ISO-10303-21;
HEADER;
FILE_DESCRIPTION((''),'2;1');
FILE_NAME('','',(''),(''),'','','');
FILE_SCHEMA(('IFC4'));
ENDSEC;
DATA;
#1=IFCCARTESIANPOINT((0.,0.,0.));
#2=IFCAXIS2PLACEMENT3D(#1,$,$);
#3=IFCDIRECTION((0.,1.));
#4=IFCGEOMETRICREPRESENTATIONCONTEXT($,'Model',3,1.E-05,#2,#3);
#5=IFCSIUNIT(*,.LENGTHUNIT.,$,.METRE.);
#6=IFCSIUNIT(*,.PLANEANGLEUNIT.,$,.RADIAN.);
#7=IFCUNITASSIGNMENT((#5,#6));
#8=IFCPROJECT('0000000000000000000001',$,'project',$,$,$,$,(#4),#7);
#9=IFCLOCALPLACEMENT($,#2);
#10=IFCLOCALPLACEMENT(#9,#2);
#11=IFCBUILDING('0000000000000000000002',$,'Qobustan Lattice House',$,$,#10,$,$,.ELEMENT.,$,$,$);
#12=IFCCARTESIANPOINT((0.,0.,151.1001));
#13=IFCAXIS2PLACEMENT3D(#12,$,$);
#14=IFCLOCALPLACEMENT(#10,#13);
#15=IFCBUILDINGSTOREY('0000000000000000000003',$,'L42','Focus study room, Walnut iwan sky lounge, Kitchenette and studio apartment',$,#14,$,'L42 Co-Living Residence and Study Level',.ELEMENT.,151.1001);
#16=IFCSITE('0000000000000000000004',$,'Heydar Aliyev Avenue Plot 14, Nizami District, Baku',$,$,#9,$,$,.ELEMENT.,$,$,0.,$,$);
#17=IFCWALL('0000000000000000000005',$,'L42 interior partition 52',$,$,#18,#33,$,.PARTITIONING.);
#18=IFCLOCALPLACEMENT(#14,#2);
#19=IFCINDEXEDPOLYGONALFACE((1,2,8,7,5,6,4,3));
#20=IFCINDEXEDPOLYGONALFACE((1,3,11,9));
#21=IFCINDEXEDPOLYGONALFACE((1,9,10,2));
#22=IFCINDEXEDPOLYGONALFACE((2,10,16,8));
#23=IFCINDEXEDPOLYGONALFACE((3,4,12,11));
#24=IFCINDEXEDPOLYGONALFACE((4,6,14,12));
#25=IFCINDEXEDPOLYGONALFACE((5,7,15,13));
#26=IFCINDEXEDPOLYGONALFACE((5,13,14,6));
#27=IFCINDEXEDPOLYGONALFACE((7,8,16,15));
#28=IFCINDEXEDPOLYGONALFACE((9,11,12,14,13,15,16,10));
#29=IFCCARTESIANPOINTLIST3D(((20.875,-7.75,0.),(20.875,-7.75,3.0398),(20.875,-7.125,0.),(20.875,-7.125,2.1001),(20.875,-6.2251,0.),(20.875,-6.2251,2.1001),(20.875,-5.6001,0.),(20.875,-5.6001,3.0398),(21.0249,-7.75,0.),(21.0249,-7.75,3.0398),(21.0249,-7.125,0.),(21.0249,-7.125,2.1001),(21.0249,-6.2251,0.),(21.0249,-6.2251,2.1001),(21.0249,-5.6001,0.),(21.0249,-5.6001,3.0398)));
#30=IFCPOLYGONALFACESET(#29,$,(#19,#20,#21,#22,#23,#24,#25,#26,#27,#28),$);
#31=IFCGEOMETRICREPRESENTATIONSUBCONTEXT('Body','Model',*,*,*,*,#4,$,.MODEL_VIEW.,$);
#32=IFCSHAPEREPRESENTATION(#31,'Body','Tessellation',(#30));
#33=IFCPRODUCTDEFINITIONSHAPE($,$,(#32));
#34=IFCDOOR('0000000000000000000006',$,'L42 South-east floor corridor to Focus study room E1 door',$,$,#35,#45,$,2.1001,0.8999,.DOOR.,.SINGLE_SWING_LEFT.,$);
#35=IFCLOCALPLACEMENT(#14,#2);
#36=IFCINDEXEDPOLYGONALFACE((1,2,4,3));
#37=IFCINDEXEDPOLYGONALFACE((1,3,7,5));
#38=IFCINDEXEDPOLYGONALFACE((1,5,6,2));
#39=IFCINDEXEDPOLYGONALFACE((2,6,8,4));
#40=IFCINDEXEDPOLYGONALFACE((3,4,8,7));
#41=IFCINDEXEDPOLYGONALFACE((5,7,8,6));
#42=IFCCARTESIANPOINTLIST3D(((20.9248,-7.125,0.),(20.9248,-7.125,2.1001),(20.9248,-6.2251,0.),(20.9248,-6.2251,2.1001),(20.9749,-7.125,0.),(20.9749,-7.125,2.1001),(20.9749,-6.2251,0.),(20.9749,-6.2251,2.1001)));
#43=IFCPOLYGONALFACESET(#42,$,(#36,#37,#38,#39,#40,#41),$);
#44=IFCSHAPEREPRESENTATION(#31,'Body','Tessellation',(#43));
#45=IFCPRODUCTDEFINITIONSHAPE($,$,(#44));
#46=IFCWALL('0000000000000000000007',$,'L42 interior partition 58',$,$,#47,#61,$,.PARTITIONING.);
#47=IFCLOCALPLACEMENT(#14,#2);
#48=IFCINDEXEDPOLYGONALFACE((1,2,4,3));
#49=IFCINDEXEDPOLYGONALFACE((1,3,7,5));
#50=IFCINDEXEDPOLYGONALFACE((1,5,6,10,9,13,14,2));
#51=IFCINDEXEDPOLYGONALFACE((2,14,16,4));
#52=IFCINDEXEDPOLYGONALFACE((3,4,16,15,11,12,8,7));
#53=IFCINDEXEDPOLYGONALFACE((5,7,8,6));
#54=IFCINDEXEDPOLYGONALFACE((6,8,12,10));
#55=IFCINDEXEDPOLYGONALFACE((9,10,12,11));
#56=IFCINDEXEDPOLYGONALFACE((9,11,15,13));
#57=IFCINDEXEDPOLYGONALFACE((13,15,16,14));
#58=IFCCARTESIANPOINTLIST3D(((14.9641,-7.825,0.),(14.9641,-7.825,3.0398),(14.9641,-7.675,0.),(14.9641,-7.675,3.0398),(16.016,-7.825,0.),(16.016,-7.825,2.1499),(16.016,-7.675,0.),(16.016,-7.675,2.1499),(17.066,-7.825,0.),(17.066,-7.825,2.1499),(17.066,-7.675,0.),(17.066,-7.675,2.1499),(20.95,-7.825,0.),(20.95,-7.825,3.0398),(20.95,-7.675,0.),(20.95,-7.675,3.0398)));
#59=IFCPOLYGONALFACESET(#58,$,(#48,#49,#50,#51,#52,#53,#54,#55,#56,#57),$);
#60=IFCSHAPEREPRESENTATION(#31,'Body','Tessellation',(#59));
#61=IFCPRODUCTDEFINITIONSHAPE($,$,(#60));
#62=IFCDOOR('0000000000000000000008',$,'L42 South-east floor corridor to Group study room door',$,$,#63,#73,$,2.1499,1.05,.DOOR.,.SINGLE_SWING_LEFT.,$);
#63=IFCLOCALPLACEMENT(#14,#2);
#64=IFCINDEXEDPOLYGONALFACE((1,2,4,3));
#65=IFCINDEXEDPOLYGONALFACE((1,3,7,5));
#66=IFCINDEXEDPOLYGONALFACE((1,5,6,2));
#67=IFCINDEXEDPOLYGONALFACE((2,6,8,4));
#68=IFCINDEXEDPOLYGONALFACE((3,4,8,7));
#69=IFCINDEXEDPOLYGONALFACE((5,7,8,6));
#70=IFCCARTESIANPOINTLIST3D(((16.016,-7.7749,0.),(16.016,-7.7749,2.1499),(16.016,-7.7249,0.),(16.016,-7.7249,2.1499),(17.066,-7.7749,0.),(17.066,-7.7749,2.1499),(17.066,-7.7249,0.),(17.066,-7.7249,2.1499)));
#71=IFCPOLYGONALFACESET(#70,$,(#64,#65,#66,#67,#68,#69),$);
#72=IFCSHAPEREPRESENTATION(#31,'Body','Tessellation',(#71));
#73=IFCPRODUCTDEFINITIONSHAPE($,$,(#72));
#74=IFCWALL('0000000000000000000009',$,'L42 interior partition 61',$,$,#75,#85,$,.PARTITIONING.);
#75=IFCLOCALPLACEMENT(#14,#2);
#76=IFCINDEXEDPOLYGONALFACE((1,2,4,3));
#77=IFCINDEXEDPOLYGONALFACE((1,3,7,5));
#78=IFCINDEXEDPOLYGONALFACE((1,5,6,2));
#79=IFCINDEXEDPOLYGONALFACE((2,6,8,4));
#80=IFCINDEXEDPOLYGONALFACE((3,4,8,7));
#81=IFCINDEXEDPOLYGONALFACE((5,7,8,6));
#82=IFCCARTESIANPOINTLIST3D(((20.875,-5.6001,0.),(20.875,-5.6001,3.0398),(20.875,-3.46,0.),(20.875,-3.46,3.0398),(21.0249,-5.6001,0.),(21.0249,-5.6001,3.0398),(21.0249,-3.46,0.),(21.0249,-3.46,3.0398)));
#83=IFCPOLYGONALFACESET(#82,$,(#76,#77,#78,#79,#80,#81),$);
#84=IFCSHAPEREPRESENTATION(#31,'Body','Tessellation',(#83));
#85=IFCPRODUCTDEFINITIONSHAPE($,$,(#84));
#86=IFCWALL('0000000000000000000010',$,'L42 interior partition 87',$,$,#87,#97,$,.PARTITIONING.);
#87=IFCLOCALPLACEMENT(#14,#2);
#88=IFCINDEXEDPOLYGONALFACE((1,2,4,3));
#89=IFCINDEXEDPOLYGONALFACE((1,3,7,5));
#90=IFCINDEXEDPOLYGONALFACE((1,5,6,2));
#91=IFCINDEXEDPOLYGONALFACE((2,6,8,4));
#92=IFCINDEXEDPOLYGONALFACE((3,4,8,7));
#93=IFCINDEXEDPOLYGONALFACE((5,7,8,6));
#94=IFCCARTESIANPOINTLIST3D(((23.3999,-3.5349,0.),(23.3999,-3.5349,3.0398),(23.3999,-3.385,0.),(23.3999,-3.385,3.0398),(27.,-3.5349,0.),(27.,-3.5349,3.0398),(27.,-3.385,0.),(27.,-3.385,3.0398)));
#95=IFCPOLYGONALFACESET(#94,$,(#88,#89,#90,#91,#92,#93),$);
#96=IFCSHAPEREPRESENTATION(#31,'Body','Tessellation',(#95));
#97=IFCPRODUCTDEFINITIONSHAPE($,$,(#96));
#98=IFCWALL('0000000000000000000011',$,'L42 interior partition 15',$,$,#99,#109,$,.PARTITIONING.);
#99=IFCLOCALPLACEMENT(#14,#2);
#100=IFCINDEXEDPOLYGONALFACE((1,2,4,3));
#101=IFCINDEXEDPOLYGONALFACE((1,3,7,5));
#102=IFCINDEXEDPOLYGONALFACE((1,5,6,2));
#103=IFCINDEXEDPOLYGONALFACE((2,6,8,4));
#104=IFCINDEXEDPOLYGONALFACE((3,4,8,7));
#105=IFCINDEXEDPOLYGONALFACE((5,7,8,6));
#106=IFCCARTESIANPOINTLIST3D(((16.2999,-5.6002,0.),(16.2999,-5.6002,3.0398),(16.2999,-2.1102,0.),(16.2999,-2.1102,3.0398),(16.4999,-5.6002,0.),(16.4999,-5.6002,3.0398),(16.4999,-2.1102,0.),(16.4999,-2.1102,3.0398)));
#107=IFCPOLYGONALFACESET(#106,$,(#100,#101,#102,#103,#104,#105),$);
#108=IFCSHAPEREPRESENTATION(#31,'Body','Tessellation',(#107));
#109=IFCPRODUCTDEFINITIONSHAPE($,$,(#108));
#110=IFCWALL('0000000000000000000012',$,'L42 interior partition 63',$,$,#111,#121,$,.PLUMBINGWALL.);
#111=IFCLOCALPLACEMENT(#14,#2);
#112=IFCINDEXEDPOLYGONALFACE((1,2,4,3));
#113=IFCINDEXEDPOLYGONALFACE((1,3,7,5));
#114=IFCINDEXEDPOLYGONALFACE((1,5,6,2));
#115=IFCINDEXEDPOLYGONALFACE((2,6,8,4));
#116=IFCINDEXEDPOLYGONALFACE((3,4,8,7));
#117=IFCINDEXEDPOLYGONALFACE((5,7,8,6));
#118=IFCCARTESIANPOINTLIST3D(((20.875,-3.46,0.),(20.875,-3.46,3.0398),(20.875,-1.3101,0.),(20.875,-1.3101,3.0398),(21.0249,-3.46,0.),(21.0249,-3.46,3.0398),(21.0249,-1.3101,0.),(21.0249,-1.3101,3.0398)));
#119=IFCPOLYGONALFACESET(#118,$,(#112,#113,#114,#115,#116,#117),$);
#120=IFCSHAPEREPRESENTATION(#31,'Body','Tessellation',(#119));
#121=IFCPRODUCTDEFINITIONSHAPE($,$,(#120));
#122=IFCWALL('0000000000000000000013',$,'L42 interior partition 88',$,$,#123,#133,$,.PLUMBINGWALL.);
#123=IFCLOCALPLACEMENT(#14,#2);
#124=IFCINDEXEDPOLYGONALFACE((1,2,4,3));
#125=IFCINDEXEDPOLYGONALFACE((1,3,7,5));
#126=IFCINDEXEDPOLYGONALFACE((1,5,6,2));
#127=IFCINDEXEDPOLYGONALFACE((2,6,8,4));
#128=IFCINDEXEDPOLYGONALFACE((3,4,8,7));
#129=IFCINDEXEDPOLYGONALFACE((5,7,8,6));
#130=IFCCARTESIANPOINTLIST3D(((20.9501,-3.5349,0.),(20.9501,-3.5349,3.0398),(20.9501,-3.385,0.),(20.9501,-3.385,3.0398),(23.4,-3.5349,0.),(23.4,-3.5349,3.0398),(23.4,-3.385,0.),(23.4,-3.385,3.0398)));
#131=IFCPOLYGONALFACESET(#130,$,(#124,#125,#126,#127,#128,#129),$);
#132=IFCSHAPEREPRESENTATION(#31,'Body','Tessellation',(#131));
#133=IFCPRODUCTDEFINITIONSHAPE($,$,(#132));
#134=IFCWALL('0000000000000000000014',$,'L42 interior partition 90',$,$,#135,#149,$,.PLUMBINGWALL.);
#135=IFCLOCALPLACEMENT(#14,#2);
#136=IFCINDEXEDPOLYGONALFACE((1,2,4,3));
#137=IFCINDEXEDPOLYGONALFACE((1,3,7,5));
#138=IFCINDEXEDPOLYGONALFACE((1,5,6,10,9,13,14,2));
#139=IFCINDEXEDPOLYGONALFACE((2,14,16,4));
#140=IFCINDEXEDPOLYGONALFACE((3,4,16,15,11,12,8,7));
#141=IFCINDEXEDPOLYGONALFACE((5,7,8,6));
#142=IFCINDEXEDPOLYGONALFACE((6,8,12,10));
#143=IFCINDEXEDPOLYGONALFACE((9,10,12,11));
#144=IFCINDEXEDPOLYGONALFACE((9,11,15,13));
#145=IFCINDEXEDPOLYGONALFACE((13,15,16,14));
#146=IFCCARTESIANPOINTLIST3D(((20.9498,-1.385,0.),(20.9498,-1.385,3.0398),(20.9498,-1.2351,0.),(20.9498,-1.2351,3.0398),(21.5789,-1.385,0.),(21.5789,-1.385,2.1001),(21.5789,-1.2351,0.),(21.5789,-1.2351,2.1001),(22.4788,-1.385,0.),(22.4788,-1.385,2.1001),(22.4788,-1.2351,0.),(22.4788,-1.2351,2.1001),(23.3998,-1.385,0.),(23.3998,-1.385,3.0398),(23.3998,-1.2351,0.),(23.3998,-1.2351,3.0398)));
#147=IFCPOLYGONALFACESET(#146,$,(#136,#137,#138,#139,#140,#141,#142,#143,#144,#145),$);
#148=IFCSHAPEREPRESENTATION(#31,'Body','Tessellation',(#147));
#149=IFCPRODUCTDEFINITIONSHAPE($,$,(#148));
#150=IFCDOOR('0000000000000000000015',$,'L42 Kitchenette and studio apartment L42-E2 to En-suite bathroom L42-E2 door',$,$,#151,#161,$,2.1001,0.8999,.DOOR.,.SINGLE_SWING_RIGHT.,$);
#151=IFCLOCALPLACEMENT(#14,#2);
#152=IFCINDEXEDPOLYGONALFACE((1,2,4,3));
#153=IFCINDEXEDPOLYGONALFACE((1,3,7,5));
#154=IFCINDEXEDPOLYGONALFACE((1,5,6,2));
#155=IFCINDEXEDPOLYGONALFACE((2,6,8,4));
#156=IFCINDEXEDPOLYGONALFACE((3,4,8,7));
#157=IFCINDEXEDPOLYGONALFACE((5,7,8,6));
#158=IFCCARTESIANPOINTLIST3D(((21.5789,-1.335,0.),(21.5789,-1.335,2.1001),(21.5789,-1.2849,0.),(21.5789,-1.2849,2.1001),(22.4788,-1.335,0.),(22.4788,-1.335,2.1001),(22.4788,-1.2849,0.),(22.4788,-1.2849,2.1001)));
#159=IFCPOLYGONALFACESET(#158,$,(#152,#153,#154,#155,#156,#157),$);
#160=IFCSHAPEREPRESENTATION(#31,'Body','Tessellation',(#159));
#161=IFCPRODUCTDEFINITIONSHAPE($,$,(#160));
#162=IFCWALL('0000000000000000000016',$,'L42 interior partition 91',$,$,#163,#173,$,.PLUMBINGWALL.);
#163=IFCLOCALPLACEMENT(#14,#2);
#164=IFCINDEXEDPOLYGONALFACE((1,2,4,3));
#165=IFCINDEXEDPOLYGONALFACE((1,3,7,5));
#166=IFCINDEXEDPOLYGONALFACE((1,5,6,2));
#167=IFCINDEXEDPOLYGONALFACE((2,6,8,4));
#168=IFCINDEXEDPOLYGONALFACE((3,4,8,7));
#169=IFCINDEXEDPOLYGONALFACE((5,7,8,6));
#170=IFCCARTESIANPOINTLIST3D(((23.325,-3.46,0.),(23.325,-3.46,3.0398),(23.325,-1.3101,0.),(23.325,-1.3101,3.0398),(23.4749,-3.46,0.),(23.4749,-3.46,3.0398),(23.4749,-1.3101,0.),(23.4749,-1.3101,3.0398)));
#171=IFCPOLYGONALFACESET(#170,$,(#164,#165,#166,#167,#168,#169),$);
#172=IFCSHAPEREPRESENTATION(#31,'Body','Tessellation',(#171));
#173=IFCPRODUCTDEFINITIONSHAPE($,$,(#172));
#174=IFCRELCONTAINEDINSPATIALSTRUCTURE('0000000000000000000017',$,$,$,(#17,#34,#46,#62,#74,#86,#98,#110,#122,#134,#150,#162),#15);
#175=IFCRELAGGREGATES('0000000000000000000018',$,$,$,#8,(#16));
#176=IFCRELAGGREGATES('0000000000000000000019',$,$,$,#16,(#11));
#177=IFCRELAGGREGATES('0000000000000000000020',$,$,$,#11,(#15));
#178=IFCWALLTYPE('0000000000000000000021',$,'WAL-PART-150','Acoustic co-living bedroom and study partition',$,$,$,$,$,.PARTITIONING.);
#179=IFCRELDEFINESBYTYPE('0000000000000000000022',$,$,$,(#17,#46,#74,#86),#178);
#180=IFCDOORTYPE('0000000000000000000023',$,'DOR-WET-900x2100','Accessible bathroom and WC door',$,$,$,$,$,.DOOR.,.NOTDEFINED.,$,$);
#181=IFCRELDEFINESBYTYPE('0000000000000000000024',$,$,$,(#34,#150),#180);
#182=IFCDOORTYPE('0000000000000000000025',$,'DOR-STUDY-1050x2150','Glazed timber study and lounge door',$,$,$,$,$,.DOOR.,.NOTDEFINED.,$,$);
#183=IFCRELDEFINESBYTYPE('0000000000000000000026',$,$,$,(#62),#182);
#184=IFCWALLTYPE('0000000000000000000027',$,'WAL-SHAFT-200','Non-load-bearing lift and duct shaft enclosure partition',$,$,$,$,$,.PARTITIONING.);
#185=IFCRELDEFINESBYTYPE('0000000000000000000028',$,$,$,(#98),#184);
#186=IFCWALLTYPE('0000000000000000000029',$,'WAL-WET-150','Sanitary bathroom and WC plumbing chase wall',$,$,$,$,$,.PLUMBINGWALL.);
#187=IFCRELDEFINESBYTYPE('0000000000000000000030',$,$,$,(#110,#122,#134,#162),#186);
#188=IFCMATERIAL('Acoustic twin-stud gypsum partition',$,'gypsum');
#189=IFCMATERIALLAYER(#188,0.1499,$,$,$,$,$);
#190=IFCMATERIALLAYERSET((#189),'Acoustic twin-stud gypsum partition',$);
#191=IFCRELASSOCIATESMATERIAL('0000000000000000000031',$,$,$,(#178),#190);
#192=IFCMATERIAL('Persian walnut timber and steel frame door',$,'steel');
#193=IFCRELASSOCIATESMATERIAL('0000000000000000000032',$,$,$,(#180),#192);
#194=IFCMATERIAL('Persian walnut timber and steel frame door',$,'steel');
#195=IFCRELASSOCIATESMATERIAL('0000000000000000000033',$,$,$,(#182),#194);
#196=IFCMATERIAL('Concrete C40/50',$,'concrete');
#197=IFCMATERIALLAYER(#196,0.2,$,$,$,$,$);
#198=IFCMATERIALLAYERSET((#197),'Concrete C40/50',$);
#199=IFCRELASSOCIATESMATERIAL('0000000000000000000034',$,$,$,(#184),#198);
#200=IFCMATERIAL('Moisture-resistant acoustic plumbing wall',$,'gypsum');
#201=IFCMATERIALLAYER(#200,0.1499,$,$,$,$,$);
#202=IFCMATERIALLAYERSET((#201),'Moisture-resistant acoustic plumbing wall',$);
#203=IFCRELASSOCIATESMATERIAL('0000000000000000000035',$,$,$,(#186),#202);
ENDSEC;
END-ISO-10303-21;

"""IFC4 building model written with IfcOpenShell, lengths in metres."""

from ifc_helpers import new_model, si_unit, direction, frame, frame_2d, origin, place, context, subcontext, project, spatial, rectangle, extrude, material, layer, layer_set, type_object, element, fill, save


model = new_model("IFC4")

# Units and contexts
model_context = context("Model", 3, precision=1e-05, world=origin(), true_north=direction((0.0, 1.0)))
body_context = subcontext(model_context, "Body", "Model", "MODEL_VIEW")
ifc_project = project(units=[si_unit("LENGTHUNIT", "METRE"), si_unit("PLANEANGLEUNIT", "RADIAN")], contexts=[model_context])

# Site, building, storey
site_placement = place(None, origin())
site = spatial("IfcSite", under=ifc_project, at=site_placement, Name="Heydar Aliyev Avenue Plot 14, Nizami District, Baku", CompositionType="ELEMENT", RefElevation=0.0)
building_placement = place(site_placement, origin())
building = spatial("IfcBuilding", under=site, at=building_placement, Name="Qobustan Lattice House", CompositionType="ELEMENT")
storey_placement = place(building_placement, frame((0.0, 0.0, 151.1001)))
storey = spatial("IfcBuildingStorey", under=building, at=storey_placement, Name="L42", Description="Focus study room, Walnut iwan sky lounge, Kitchenette and studio apartment", LongName="L42 Co-Living Residence and Study Level", CompositionType="ELEMENT", Elevation=151.1001)

# Walls, openings, doors
ifc_material_1 = material(Name="Acoustic twin-stud gypsum partition", Category="gypsum")
ifc_layer_1 = layer(ifc_material_1, 0.1499)
ifc_layer_set_1 = layer_set([ifc_layer_1], Name="Acoustic twin-stud gypsum partition")
wall_type_1 = type_object("IfcWallType", Name="WAL-PART-150", Description="Acoustic co-living bedroom and study partition", PredefinedType="PARTITIONING", material=ifc_layer_set_1)
wall_1_placement = place(storey_placement, frame((20.95, -5.6001, 0.0), z_axis=(0.0, 0.0, 1.0), x_axis=(0.0, -1.0, 0.0)))
wall_1 = element("IfcWall", 1, at=wall_1_placement, inside=storey, type_object=wall_type_1, Name="L42 interior partition 52", PredefinedType="PARTITIONING", context=body_context, shape_type="SweptSolid", body=[
    extrude(rectangle(XDim=2.1499, YDim=0.1499, at=frame_2d((1.075, 0.0))), origin(), (0.0, 0.0, 1.0), 3.0398),
])
opening_1_placement = place(wall_1_placement, frame((0.625, 0.0, 0.0)))
opening_1 = element("IfcOpeningElement", 2, at=opening_1_placement, cuts=wall_1, PredefinedType="OPENING", context=body_context, shape_type="SweptSolid", body=[
    extrude(rectangle(XDim=0.8999, YDim=2.1001, at=frame_2d((0.45, 1.05))), frame((0.0, 0.085, 0.0), z_axis=(0.0, -1.0, 0.0), x_axis=(1.0, 0.0, 0.0)), (0.0, 0.0, 1.0), 0.1699),
])
ifc_material_2 = material(Name="Persian walnut timber and steel frame door", Category="steel")
door_type_1 = type_object("IfcDoorType", Name="DOR-WET-900x2100", Description="Accessible bathroom and WC door", OperationType="NOTDEFINED", PredefinedType="DOOR", material=ifc_material_2)
door_1_placement = place(opening_1_placement, origin())
door_1 = element("IfcDoor", 3, at=door_1_placement, inside=storey, type_object=door_type_1, Name="L42 South-east floor corridor to Focus study room E1 door", OperationType="SINGLE_SWING_LEFT", OverallHeight=2.1001, OverallWidth=0.8999, PredefinedType="DOOR", context=body_context, shape_type="SweptSolid", body=[
    extrude(rectangle(XDim=0.8999, YDim=2.1001, at=frame_2d((0.45, 1.05))), frame((0.0, 0.0249, 0.0), z_axis=(0.0, -1.0, 0.0), x_axis=(1.0, 0.0, 0.0)), (0.0, 0.0, 1.0), 0.05),
])
fill(opening_1, door_1)
wall_2_placement = place(storey_placement, frame((20.95, -7.75, 0.0), z_axis=(0.0, 0.0, 1.0), x_axis=(-1.0, 0.0, 0.0)))
wall_2 = element("IfcWall", 4, at=wall_2_placement, inside=storey, type_object=wall_type_1, Name="L42 interior partition 58", PredefinedType="PARTITIONING", context=body_context, shape_type="SweptSolid", body=[
    extrude(rectangle(XDim=5.9858, YDim=0.1499, at=frame_2d((2.9929, 0.0))), origin(), (0.0, 0.0, 1.0), 3.0398),
])
opening_2_placement = place(wall_2_placement, frame((3.884, 0.0, 0.0)))
opening_2 = element("IfcOpeningElement", 5, at=opening_2_placement, cuts=wall_2, PredefinedType="OPENING", context=body_context, shape_type="SweptSolid", body=[
    extrude(rectangle(XDim=1.05, YDim=2.1499, at=frame_2d((0.5249, 1.075))), frame((0.0, 0.085, 0.0), z_axis=(0.0, -1.0, 0.0), x_axis=(1.0, 0.0, 0.0)), (0.0, 0.0, 1.0), 0.1699),
])
ifc_material_3 = material(Name="Persian walnut timber and steel frame door", Category="steel")
door_type_2 = type_object("IfcDoorType", Name="DOR-STUDY-1050x2150", Description="Glazed timber study and lounge door", OperationType="NOTDEFINED", PredefinedType="DOOR", material=ifc_material_3)
door_2_placement = place(opening_2_placement, origin())
door_2 = element("IfcDoor", 6, at=door_2_placement, inside=storey, type_object=door_type_2, Name="L42 South-east floor corridor to Group study room door", OperationType="SINGLE_SWING_LEFT", OverallHeight=2.1499, OverallWidth=1.05, PredefinedType="DOOR", context=body_context, shape_type="SweptSolid", body=[
    extrude(rectangle(XDim=1.05, YDim=2.1499, at=frame_2d((0.5249, 1.075))), frame((0.0, 0.0249, 0.0), z_axis=(0.0, -1.0, 0.0), x_axis=(1.0, 0.0, 0.0)), (0.0, 0.0, 1.0), 0.05),
])
fill(opening_2, door_2)

# Walls
wall_3_placement = place(storey_placement, frame((20.95, -3.46, 0.0), z_axis=(0.0, 0.0, 1.0), x_axis=(0.0, -1.0, 0.0)))
element("IfcWall", 7, at=wall_3_placement, inside=storey, type_object=wall_type_1, Name="L42 interior partition 61", PredefinedType="PARTITIONING", context=body_context, shape_type="SweptSolid", body=[
    extrude(rectangle(XDim=2.1401, YDim=0.1499, at=frame_2d((1.0701, 0.0))), origin(), (0.0, 0.0, 1.0), 3.0398),
])
wall_4_placement = place(storey_placement, frame((23.3999, -3.46, 0.0), z_axis=(0.0, 0.0, 1.0), x_axis=(1.0, 0.0, 0.0)))
element("IfcWall", 8, at=wall_4_placement, inside=storey, type_object=wall_type_1, Name="L42 interior partition 87", PredefinedType="PARTITIONING", context=body_context, shape_type="SweptSolid", body=[
    extrude(rectangle(XDim=3.6001, YDim=0.1499, at=frame_2d((1.8, 0.0))), origin(), (0.0, 0.0, 1.0), 3.0398),
])
ifc_material_4 = material(Name="Concrete C40/50", Category="concrete")
ifc_layer_2 = layer(ifc_material_4, 0.2)
ifc_layer_set_2 = layer_set([ifc_layer_2], Name="Concrete C40/50")
wall_type_2 = type_object("IfcWallType", Name="WAL-SHAFT-200", Description="Non-load-bearing lift and duct shaft enclosure partition", PredefinedType="PARTITIONING", material=ifc_layer_set_2)
wall_5_placement = place(storey_placement, frame((16.3999, -2.1101, 0.0), z_axis=(0.0, 0.0, 1.0), x_axis=(0.0, -1.0, 0.0)))
element("IfcWall", 9, at=wall_5_placement, inside=storey, type_object=wall_type_2, Name="L42 interior partition 15", PredefinedType="PARTITIONING", context=body_context, shape_type="SweptSolid", body=[
    extrude(rectangle(XDim=3.49, YDim=0.2, at=frame_2d((1.7451, 0.0))), origin(), (0.0, 0.0, 1.0), 3.0398),
])
ifc_material_5 = material(Name="Moisture-resistant acoustic plumbing wall", Category="gypsum")
ifc_layer_3 = layer(ifc_material_5, 0.1499)
ifc_layer_set_3 = layer_set([ifc_layer_3], Name="Moisture-resistant acoustic plumbing wall")
wall_type_3 = type_object("IfcWallType", Name="WAL-WET-150", Description="Sanitary bathroom and WC plumbing chase wall", PredefinedType="PLUMBINGWALL", material=ifc_layer_set_3)
wall_6_placement = place(storey_placement, frame((20.95, -1.3101, 0.0), z_axis=(0.0, 0.0, 1.0), x_axis=(0.0, -1.0, 0.0)))
element("IfcWall", 10, at=wall_6_placement, inside=storey, type_object=wall_type_3, Name="L42 interior partition 63", PredefinedType="PLUMBINGWALL", context=body_context, shape_type="SweptSolid", body=[
    extrude(rectangle(XDim=2.1499, YDim=0.1499, at=frame_2d((1.075, 0.0))), origin(), (0.0, 0.0, 1.0), 3.0398),
])
wall_7_placement = place(storey_placement, frame((20.95, -3.46, 0.0), z_axis=(0.0, 0.0, 1.0), x_axis=(1.0, 0.0, 0.0)))
element("IfcWall", 11, at=wall_7_placement, inside=storey, type_object=wall_type_3, Name="L42 interior partition 88", PredefinedType="PLUMBINGWALL", context=body_context, shape_type="SweptSolid", body=[
    extrude(rectangle(XDim=2.45, YDim=0.1499, at=frame_2d((1.2251, 0.0))), origin(), (0.0, 0.0, 1.0), 3.0398),
])

# Wall, opening, door
wall_8_placement = place(storey_placement, frame((23.3999, -1.3101, 0.0), z_axis=(0.0, 0.0, 1.0), x_axis=(-1.0, 0.0, 0.0)))
wall_8 = element("IfcWall", 12, at=wall_8_placement, inside=storey, type_object=wall_type_3, Name="L42 interior partition 90", PredefinedType="PLUMBINGWALL", context=body_context, shape_type="SweptSolid", body=[
    extrude(rectangle(XDim=2.45, YDim=0.1499, at=frame_2d((1.2251, 0.0))), origin(), (0.0, 0.0, 1.0), 3.0398),
])
opening_3_placement = place(wall_8_placement, frame((0.9211, 0.0, 0.0)))
opening_3 = element("IfcOpeningElement", 13, at=opening_3_placement, cuts=wall_8, PredefinedType="OPENING", context=body_context, shape_type="SweptSolid", body=[
    extrude(rectangle(XDim=0.8999, YDim=2.1001, at=frame_2d((0.45, 1.05))), frame((0.0, 0.085, 0.0), z_axis=(0.0, -1.0, 0.0), x_axis=(1.0, 0.0, 0.0)), (0.0, 0.0, 1.0), 0.1699),
])
door_3_placement = place(opening_3_placement, origin())
door_3 = element("IfcDoor", 14, at=door_3_placement, inside=storey, type_object=door_type_1, Name="L42 Kitchenette and studio apartment L42-E2 to En-suite bathroom L42-E2 door", OperationType="SINGLE_SWING_RIGHT", OverallHeight=2.1001, OverallWidth=0.8999, PredefinedType="DOOR", context=body_context, shape_type="SweptSolid", body=[
    extrude(rectangle(XDim=0.8999, YDim=2.1001, at=frame_2d((0.45, 1.05))), frame((0.0, 0.0249, 0.0), z_axis=(0.0, -1.0, 0.0), x_axis=(1.0, 0.0, 0.0)), (0.0, 0.0, 1.0), 0.05),
])
fill(opening_3, door_3)

# Wall
wall_9_placement = place(storey_placement, frame((23.3999, -3.46, 0.0), z_axis=(0.0, 0.0, 1.0), x_axis=(0.0, 1.0, 0.0)))
element("IfcWall", 15, at=wall_9_placement, inside=storey, type_object=wall_type_3, Name="L42 interior partition 91", PredefinedType="PLUMBINGWALL", context=body_context, shape_type="SweptSolid", body=[
    extrude(rectangle(XDim=2.1499, YDim=0.1499, at=frame_2d((1.075, 0.0))), origin(), (0.0, 0.0, 1.0), 3.0398),
])

save(model, "model.ifc")
